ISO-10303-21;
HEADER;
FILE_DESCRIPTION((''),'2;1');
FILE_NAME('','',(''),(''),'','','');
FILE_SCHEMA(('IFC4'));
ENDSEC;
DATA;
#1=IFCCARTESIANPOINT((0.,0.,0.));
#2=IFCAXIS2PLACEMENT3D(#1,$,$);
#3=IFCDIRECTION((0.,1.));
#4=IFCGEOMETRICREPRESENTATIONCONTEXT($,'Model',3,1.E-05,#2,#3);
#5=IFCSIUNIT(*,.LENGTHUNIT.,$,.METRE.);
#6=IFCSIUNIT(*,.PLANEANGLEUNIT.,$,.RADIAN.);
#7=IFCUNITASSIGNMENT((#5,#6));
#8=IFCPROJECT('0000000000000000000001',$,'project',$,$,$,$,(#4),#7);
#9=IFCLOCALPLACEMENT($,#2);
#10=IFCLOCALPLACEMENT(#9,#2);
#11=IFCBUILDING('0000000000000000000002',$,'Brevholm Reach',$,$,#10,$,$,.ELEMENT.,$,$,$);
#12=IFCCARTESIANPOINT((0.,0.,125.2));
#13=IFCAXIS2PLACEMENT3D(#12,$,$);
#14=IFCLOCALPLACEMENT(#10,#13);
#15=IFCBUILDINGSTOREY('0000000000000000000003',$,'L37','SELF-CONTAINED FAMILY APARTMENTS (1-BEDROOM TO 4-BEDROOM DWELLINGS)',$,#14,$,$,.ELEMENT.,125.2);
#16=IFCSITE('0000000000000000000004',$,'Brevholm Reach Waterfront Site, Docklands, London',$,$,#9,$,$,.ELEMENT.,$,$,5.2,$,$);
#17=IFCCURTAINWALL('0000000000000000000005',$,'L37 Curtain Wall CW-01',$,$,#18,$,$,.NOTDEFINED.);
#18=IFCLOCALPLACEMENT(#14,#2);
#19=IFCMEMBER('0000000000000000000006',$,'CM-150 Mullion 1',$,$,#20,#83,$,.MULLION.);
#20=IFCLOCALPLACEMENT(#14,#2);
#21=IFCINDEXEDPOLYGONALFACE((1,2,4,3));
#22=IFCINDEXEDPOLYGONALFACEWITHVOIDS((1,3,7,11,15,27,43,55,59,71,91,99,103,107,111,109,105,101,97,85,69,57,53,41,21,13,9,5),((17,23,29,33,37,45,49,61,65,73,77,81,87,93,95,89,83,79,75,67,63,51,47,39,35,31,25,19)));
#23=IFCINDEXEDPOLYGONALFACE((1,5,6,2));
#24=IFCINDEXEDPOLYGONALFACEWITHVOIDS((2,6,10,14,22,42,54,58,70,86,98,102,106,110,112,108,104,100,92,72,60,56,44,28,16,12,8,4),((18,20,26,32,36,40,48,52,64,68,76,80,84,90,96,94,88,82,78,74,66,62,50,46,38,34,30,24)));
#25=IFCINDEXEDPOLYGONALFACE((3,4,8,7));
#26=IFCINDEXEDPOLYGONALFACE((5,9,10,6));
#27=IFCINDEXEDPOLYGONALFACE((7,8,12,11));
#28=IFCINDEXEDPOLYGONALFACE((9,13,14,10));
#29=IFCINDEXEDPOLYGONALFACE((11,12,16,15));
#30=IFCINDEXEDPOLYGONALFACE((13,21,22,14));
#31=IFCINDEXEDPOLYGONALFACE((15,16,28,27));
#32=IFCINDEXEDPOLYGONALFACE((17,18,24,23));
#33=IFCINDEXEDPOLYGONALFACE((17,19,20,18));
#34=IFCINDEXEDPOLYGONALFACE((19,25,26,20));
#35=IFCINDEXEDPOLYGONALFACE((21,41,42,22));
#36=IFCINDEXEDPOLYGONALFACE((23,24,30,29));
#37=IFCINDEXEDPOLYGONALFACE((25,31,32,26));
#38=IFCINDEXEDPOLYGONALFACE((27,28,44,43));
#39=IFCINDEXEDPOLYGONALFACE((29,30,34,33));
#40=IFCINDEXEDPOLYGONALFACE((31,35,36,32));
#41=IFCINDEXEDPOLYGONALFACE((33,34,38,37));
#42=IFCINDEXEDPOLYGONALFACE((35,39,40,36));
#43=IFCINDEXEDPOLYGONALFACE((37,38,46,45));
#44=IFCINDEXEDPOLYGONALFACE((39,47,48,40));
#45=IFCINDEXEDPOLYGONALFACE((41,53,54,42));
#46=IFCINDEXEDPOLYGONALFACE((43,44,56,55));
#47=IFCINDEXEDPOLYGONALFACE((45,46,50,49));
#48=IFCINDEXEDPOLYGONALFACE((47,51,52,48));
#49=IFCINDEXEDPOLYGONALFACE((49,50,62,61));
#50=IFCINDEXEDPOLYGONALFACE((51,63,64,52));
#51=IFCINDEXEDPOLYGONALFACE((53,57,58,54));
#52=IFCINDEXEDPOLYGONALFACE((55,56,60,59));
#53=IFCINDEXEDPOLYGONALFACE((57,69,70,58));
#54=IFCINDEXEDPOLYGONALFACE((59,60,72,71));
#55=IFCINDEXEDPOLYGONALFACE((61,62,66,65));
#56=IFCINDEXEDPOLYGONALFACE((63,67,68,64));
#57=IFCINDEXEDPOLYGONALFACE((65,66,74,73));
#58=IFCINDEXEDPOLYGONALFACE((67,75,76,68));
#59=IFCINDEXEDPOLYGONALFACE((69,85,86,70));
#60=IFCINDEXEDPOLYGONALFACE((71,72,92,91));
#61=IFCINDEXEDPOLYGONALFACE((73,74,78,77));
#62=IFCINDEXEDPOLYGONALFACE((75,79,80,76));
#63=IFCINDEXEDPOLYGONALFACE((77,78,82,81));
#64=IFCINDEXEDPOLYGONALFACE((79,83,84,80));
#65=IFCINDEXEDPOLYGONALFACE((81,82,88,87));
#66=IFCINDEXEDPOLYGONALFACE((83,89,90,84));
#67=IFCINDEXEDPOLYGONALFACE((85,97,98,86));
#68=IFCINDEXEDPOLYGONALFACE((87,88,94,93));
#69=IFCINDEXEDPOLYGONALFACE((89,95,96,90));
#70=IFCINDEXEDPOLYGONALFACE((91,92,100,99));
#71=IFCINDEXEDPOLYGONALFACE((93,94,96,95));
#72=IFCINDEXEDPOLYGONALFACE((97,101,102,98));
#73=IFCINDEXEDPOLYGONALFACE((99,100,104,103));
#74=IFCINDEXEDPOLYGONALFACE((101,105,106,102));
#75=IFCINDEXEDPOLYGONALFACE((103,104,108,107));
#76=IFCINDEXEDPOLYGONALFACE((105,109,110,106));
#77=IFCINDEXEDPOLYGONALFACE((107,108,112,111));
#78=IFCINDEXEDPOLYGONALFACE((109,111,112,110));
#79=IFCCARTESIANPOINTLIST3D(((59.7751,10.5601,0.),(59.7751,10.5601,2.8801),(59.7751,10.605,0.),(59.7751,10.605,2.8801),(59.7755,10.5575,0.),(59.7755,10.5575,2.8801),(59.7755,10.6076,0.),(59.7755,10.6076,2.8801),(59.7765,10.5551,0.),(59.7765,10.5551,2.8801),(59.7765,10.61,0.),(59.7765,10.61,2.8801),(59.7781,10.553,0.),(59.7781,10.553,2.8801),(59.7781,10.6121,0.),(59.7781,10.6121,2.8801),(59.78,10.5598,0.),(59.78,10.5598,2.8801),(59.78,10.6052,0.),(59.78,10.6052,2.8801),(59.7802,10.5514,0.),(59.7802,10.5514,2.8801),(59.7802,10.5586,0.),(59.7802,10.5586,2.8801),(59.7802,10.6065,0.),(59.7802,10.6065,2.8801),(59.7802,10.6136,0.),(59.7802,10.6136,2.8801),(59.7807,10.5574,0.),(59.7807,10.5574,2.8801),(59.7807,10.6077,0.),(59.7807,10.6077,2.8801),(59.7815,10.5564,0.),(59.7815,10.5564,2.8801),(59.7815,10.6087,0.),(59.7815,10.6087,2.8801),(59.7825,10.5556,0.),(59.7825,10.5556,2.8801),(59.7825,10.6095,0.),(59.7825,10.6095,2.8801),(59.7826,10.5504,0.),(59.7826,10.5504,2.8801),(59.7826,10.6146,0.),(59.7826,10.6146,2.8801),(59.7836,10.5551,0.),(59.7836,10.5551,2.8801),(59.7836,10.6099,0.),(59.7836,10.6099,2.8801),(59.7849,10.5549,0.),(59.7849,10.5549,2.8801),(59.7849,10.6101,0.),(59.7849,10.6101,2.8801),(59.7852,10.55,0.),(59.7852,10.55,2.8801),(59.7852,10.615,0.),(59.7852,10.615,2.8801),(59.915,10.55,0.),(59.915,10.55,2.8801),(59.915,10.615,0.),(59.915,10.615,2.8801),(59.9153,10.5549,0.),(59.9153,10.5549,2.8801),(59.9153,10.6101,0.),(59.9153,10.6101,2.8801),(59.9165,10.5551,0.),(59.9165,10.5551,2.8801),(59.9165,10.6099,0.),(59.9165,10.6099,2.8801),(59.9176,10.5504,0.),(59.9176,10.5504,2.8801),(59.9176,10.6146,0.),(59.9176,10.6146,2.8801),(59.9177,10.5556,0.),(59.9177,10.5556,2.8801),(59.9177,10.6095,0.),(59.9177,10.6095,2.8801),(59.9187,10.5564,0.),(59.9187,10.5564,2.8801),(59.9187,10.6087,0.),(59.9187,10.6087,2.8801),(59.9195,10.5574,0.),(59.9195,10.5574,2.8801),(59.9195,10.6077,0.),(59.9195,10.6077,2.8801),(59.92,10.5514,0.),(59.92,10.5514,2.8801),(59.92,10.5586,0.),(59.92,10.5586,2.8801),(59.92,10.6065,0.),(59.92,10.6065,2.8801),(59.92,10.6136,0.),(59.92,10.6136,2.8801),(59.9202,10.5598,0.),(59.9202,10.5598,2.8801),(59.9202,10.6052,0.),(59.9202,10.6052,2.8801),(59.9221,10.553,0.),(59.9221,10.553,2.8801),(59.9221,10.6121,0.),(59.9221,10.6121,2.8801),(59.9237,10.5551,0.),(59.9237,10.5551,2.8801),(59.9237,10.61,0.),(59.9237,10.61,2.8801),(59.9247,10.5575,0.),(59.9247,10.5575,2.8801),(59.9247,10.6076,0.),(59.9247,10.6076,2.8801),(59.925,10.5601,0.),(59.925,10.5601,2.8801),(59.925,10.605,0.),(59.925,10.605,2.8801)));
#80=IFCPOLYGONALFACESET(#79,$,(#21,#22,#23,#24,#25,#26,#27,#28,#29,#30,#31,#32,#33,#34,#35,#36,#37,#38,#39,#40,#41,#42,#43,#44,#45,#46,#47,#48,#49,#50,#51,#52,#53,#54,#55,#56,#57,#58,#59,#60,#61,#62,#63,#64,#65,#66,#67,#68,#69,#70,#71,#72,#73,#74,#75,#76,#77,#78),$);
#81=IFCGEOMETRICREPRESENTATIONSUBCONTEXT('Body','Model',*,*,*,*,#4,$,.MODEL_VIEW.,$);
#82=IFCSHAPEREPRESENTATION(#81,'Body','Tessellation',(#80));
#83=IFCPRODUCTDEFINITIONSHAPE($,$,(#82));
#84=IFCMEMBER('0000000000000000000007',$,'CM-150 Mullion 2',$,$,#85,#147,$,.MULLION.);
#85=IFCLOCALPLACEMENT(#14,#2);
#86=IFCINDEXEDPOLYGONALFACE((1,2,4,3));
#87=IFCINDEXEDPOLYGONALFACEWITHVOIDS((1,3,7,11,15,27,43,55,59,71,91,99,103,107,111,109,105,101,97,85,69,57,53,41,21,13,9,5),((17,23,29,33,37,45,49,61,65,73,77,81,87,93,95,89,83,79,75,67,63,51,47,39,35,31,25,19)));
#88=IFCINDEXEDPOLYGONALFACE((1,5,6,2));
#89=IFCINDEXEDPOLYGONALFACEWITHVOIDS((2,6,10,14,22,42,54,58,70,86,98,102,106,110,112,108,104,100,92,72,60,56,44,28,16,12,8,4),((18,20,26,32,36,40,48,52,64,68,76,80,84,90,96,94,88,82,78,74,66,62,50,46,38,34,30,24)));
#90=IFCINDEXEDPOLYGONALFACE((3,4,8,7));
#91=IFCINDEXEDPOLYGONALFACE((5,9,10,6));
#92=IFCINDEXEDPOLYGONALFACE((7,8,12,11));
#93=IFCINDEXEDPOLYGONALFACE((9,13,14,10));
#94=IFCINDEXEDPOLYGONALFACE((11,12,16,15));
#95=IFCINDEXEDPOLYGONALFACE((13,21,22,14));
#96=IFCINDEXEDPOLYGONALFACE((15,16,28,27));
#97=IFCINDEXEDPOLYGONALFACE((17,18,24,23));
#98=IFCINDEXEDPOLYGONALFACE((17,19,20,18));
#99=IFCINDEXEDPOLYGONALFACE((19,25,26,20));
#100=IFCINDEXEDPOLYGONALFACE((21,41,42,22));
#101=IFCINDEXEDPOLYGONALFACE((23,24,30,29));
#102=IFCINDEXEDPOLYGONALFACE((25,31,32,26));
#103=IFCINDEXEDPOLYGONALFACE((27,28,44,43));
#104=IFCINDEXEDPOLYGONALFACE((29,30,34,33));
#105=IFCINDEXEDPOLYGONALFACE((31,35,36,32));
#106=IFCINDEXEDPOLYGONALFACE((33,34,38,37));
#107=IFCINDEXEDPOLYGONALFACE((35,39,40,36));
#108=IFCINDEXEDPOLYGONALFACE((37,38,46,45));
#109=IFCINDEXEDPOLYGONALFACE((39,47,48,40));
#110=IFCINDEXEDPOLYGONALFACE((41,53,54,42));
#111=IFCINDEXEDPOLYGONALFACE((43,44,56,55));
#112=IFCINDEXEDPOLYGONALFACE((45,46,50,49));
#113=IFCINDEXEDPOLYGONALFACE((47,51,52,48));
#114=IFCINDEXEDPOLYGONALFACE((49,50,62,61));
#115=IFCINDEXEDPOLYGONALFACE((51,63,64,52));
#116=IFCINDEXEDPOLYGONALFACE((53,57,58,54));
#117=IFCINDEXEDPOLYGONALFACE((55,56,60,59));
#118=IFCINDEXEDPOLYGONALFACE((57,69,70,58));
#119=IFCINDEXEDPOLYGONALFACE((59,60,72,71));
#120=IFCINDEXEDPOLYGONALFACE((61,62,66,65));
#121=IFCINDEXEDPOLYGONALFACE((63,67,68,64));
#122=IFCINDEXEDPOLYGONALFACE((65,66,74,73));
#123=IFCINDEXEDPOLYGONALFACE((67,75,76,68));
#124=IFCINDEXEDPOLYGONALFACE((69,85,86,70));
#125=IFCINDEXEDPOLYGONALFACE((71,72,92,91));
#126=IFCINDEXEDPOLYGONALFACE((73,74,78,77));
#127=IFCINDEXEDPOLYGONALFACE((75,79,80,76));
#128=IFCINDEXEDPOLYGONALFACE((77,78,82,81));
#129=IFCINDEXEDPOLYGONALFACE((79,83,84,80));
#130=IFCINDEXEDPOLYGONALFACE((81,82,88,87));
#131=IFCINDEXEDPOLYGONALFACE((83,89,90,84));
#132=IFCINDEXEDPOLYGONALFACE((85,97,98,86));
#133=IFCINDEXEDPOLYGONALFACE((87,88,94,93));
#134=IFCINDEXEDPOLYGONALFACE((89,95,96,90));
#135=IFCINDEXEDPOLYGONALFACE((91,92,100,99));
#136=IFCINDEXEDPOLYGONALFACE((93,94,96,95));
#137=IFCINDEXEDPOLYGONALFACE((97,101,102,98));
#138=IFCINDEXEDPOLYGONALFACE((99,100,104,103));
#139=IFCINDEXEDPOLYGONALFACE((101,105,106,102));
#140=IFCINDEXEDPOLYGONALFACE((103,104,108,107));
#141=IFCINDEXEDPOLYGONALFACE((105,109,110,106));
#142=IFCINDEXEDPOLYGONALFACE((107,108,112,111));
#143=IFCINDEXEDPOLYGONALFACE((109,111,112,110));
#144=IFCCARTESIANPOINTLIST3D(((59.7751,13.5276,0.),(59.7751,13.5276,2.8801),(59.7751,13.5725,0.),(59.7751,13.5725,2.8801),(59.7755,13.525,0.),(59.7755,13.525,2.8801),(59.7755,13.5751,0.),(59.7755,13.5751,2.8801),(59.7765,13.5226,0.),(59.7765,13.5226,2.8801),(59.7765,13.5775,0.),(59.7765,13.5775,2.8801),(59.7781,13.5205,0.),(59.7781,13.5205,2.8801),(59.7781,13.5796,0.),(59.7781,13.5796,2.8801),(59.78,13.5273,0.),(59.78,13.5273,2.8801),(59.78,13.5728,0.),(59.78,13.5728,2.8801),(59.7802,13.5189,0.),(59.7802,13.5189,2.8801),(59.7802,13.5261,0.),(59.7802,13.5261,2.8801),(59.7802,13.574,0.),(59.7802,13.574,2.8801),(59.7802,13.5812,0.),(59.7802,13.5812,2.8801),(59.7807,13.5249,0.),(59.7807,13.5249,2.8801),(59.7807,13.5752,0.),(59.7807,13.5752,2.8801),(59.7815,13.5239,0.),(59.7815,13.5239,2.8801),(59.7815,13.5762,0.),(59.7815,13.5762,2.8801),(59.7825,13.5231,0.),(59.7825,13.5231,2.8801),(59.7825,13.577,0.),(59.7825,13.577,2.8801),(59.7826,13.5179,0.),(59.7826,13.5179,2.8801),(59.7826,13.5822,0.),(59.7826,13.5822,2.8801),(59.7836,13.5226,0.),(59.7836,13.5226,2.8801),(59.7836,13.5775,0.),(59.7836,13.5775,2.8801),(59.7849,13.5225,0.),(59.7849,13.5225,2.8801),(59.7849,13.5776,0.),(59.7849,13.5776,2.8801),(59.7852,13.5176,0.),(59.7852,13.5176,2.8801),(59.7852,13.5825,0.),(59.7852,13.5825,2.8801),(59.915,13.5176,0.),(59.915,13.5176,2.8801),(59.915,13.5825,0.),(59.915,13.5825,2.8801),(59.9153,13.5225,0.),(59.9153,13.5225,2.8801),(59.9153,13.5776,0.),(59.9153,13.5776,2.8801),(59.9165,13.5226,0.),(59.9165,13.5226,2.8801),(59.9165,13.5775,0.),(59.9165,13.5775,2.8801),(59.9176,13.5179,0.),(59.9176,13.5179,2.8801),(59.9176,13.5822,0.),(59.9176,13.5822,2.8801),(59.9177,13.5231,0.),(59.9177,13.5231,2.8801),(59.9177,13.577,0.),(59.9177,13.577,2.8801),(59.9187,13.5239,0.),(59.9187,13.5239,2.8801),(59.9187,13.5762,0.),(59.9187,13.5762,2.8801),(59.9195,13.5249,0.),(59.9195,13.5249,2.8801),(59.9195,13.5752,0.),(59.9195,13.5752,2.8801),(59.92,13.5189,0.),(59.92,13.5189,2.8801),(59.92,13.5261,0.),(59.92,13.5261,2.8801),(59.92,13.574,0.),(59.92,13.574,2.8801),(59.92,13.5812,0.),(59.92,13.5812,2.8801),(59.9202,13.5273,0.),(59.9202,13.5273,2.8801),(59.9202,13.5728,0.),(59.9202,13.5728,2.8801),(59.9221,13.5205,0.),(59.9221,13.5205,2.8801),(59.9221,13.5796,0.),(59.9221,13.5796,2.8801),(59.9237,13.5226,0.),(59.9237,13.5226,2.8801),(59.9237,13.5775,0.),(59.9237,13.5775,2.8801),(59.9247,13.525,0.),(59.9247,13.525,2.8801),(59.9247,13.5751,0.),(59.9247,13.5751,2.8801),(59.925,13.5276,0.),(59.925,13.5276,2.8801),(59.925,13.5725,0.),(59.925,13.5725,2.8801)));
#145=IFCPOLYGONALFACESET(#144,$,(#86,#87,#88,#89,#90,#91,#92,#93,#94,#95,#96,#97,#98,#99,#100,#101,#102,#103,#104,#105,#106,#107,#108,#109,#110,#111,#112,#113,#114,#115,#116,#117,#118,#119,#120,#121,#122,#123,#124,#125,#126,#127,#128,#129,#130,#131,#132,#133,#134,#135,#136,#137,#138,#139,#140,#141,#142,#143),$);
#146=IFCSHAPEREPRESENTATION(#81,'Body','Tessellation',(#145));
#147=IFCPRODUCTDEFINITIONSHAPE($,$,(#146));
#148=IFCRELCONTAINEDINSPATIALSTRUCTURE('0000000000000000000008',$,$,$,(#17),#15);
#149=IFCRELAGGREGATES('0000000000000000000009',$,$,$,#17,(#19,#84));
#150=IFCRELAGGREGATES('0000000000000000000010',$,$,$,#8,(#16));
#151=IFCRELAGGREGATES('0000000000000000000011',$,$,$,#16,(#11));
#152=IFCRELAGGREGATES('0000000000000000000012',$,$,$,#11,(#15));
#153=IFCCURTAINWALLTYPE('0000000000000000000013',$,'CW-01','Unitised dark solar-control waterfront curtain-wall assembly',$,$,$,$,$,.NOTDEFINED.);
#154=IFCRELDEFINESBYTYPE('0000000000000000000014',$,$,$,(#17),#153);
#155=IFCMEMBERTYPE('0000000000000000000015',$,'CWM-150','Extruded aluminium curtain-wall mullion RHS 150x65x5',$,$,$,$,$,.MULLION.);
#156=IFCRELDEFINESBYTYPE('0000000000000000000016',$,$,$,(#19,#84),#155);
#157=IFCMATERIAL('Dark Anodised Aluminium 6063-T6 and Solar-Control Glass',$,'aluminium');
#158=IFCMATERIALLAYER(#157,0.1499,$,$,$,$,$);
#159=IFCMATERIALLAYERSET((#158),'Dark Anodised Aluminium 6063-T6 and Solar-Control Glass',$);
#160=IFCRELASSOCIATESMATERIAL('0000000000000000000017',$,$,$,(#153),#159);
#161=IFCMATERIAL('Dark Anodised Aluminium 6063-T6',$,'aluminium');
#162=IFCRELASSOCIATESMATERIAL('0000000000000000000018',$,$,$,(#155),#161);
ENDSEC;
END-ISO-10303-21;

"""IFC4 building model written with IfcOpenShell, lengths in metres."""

from ifc_helpers import new_model, si_unit, direction, frame, origin, origin_2d, place, context, subcontext, project, spatial, hollow_rectangle, extrude, material, layer, layer_set, material_profile, profile_set, type_object, element, aggregate, save


model = new_model("IFC4")

# Units and contexts
model_context = context("Model", 3, precision=1e-05, world=origin(), true_north=direction((0.0, 1.0)))
body_context = subcontext(model_context, "Body", "Model", "MODEL_VIEW")
ifc_project = project(units=[si_unit("LENGTHUNIT", "METRE"), si_unit("PLANEANGLEUNIT", "RADIAN")], contexts=[model_context])

# Site, building, storey
site_placement = place(None, origin())
site = spatial("IfcSite", under=ifc_project, at=site_placement, Name="Brevholm Reach Waterfront Site, Docklands, London", CompositionType="ELEMENT", RefElevation=5.2)
building_placement = place(site_placement, origin())
building = spatial("IfcBuilding", under=site, at=building_placement, Name="Brevholm Reach", CompositionType="ELEMENT")
storey_placement = place(building_placement, frame((0.0, 0.0, 125.2)))
storey = spatial("IfcBuildingStorey", under=building, at=storey_placement, Name="L37", Description="SELF-CONTAINED FAMILY APARTMENTS (1-BEDROOM TO 4-BEDROOM DWELLINGS)", CompositionType="ELEMENT", Elevation=125.2)

# Curtain wall, members
ifc_material_1 = material(Name="Dark Anodised Aluminium 6063-T6 and Solar-Control Glass", Category="aluminium")
ifc_layer_1 = layer(ifc_material_1, 0.1499)
ifc_layer_set_1 = layer_set([ifc_layer_1], Name="Dark Anodised Aluminium 6063-T6 and Solar-Control Glass")
curtain_wall_type = type_object("IfcCurtainWallType", Name="CW-01", Description="Unitised dark solar-control waterfront curtain-wall assembly", PredefinedType="NOTDEFINED", material=ifc_layer_set_1)
curtain_wall_placement = place(storey_placement, origin())
curtain_wall = element("IfcCurtainWall", 1, at=curtain_wall_placement, inside=storey, type_object=curtain_wall_type, Name="L37 Curtain Wall CW-01", PredefinedType="NOTDEFINED")
ifc_material_2 = material(Name="Dark Anodised Aluminium 6063-T6", Category="aluminium")
ifc_material_profile_1 = material_profile(ifc_material_2, hollow_rectangle(XDim=0.0649, YDim=0.1499, WallThickness=0.0049, InnerFilletRadius=0.0049, OuterFilletRadius=0.01, at=origin_2d()), Name="RHS 150x65x5")
ifc_profile_set_1 = profile_set([ifc_material_profile_1], Name="Dark Anodised Aluminium 6063-T6")
member_type_1 = type_object("IfcMemberType", Name="CWM-150", Description="Extruded aluminium curtain-wall mullion RHS 150x65x5", PredefinedType="MULLION", material=ifc_profile_set_1)
member_1_placement = place(storey_placement, frame((59.8501, 10.5825, 0.0), z_axis=(0.0, 0.0, 1.0), x_axis=(0.0, 1.0, 0.0)))
member_1 = element("IfcMember", 2, at=member_1_placement, type_object=member_type_1, Name="CM-150 Mullion 1", PredefinedType="MULLION", context=body_context, shape_type="SweptSolid", body=[
    extrude(hollow_rectangle(XDim=0.0649, YDim=0.1499, WallThickness=0.0049, InnerFilletRadius=0.0049, OuterFilletRadius=0.01, at=origin_2d()), origin(), (0.0, 0.0, 1.0), 2.8801),
])
member_2_placement = place(storey_placement, frame((59.8501, 13.55, 0.0), z_axis=(0.0, 0.0, 1.0), x_axis=(0.0, 1.0, 0.0)))
member_2 = element("IfcMember", 3, at=member_2_placement, type_object=member_type_1, Name="CM-150 Mullion 2", PredefinedType="MULLION", context=body_context, shape_type="SweptSolid", body=[
    extrude(hollow_rectangle(XDim=0.0649, YDim=0.1499, WallThickness=0.0049, InnerFilletRadius=0.0049, OuterFilletRadius=0.01, at=origin_2d()), origin(), (0.0, 0.0, 1.0), 2.8801),
])
aggregate(curtain_wall, [member_1, member_2])

save(model, "model.ifc")
